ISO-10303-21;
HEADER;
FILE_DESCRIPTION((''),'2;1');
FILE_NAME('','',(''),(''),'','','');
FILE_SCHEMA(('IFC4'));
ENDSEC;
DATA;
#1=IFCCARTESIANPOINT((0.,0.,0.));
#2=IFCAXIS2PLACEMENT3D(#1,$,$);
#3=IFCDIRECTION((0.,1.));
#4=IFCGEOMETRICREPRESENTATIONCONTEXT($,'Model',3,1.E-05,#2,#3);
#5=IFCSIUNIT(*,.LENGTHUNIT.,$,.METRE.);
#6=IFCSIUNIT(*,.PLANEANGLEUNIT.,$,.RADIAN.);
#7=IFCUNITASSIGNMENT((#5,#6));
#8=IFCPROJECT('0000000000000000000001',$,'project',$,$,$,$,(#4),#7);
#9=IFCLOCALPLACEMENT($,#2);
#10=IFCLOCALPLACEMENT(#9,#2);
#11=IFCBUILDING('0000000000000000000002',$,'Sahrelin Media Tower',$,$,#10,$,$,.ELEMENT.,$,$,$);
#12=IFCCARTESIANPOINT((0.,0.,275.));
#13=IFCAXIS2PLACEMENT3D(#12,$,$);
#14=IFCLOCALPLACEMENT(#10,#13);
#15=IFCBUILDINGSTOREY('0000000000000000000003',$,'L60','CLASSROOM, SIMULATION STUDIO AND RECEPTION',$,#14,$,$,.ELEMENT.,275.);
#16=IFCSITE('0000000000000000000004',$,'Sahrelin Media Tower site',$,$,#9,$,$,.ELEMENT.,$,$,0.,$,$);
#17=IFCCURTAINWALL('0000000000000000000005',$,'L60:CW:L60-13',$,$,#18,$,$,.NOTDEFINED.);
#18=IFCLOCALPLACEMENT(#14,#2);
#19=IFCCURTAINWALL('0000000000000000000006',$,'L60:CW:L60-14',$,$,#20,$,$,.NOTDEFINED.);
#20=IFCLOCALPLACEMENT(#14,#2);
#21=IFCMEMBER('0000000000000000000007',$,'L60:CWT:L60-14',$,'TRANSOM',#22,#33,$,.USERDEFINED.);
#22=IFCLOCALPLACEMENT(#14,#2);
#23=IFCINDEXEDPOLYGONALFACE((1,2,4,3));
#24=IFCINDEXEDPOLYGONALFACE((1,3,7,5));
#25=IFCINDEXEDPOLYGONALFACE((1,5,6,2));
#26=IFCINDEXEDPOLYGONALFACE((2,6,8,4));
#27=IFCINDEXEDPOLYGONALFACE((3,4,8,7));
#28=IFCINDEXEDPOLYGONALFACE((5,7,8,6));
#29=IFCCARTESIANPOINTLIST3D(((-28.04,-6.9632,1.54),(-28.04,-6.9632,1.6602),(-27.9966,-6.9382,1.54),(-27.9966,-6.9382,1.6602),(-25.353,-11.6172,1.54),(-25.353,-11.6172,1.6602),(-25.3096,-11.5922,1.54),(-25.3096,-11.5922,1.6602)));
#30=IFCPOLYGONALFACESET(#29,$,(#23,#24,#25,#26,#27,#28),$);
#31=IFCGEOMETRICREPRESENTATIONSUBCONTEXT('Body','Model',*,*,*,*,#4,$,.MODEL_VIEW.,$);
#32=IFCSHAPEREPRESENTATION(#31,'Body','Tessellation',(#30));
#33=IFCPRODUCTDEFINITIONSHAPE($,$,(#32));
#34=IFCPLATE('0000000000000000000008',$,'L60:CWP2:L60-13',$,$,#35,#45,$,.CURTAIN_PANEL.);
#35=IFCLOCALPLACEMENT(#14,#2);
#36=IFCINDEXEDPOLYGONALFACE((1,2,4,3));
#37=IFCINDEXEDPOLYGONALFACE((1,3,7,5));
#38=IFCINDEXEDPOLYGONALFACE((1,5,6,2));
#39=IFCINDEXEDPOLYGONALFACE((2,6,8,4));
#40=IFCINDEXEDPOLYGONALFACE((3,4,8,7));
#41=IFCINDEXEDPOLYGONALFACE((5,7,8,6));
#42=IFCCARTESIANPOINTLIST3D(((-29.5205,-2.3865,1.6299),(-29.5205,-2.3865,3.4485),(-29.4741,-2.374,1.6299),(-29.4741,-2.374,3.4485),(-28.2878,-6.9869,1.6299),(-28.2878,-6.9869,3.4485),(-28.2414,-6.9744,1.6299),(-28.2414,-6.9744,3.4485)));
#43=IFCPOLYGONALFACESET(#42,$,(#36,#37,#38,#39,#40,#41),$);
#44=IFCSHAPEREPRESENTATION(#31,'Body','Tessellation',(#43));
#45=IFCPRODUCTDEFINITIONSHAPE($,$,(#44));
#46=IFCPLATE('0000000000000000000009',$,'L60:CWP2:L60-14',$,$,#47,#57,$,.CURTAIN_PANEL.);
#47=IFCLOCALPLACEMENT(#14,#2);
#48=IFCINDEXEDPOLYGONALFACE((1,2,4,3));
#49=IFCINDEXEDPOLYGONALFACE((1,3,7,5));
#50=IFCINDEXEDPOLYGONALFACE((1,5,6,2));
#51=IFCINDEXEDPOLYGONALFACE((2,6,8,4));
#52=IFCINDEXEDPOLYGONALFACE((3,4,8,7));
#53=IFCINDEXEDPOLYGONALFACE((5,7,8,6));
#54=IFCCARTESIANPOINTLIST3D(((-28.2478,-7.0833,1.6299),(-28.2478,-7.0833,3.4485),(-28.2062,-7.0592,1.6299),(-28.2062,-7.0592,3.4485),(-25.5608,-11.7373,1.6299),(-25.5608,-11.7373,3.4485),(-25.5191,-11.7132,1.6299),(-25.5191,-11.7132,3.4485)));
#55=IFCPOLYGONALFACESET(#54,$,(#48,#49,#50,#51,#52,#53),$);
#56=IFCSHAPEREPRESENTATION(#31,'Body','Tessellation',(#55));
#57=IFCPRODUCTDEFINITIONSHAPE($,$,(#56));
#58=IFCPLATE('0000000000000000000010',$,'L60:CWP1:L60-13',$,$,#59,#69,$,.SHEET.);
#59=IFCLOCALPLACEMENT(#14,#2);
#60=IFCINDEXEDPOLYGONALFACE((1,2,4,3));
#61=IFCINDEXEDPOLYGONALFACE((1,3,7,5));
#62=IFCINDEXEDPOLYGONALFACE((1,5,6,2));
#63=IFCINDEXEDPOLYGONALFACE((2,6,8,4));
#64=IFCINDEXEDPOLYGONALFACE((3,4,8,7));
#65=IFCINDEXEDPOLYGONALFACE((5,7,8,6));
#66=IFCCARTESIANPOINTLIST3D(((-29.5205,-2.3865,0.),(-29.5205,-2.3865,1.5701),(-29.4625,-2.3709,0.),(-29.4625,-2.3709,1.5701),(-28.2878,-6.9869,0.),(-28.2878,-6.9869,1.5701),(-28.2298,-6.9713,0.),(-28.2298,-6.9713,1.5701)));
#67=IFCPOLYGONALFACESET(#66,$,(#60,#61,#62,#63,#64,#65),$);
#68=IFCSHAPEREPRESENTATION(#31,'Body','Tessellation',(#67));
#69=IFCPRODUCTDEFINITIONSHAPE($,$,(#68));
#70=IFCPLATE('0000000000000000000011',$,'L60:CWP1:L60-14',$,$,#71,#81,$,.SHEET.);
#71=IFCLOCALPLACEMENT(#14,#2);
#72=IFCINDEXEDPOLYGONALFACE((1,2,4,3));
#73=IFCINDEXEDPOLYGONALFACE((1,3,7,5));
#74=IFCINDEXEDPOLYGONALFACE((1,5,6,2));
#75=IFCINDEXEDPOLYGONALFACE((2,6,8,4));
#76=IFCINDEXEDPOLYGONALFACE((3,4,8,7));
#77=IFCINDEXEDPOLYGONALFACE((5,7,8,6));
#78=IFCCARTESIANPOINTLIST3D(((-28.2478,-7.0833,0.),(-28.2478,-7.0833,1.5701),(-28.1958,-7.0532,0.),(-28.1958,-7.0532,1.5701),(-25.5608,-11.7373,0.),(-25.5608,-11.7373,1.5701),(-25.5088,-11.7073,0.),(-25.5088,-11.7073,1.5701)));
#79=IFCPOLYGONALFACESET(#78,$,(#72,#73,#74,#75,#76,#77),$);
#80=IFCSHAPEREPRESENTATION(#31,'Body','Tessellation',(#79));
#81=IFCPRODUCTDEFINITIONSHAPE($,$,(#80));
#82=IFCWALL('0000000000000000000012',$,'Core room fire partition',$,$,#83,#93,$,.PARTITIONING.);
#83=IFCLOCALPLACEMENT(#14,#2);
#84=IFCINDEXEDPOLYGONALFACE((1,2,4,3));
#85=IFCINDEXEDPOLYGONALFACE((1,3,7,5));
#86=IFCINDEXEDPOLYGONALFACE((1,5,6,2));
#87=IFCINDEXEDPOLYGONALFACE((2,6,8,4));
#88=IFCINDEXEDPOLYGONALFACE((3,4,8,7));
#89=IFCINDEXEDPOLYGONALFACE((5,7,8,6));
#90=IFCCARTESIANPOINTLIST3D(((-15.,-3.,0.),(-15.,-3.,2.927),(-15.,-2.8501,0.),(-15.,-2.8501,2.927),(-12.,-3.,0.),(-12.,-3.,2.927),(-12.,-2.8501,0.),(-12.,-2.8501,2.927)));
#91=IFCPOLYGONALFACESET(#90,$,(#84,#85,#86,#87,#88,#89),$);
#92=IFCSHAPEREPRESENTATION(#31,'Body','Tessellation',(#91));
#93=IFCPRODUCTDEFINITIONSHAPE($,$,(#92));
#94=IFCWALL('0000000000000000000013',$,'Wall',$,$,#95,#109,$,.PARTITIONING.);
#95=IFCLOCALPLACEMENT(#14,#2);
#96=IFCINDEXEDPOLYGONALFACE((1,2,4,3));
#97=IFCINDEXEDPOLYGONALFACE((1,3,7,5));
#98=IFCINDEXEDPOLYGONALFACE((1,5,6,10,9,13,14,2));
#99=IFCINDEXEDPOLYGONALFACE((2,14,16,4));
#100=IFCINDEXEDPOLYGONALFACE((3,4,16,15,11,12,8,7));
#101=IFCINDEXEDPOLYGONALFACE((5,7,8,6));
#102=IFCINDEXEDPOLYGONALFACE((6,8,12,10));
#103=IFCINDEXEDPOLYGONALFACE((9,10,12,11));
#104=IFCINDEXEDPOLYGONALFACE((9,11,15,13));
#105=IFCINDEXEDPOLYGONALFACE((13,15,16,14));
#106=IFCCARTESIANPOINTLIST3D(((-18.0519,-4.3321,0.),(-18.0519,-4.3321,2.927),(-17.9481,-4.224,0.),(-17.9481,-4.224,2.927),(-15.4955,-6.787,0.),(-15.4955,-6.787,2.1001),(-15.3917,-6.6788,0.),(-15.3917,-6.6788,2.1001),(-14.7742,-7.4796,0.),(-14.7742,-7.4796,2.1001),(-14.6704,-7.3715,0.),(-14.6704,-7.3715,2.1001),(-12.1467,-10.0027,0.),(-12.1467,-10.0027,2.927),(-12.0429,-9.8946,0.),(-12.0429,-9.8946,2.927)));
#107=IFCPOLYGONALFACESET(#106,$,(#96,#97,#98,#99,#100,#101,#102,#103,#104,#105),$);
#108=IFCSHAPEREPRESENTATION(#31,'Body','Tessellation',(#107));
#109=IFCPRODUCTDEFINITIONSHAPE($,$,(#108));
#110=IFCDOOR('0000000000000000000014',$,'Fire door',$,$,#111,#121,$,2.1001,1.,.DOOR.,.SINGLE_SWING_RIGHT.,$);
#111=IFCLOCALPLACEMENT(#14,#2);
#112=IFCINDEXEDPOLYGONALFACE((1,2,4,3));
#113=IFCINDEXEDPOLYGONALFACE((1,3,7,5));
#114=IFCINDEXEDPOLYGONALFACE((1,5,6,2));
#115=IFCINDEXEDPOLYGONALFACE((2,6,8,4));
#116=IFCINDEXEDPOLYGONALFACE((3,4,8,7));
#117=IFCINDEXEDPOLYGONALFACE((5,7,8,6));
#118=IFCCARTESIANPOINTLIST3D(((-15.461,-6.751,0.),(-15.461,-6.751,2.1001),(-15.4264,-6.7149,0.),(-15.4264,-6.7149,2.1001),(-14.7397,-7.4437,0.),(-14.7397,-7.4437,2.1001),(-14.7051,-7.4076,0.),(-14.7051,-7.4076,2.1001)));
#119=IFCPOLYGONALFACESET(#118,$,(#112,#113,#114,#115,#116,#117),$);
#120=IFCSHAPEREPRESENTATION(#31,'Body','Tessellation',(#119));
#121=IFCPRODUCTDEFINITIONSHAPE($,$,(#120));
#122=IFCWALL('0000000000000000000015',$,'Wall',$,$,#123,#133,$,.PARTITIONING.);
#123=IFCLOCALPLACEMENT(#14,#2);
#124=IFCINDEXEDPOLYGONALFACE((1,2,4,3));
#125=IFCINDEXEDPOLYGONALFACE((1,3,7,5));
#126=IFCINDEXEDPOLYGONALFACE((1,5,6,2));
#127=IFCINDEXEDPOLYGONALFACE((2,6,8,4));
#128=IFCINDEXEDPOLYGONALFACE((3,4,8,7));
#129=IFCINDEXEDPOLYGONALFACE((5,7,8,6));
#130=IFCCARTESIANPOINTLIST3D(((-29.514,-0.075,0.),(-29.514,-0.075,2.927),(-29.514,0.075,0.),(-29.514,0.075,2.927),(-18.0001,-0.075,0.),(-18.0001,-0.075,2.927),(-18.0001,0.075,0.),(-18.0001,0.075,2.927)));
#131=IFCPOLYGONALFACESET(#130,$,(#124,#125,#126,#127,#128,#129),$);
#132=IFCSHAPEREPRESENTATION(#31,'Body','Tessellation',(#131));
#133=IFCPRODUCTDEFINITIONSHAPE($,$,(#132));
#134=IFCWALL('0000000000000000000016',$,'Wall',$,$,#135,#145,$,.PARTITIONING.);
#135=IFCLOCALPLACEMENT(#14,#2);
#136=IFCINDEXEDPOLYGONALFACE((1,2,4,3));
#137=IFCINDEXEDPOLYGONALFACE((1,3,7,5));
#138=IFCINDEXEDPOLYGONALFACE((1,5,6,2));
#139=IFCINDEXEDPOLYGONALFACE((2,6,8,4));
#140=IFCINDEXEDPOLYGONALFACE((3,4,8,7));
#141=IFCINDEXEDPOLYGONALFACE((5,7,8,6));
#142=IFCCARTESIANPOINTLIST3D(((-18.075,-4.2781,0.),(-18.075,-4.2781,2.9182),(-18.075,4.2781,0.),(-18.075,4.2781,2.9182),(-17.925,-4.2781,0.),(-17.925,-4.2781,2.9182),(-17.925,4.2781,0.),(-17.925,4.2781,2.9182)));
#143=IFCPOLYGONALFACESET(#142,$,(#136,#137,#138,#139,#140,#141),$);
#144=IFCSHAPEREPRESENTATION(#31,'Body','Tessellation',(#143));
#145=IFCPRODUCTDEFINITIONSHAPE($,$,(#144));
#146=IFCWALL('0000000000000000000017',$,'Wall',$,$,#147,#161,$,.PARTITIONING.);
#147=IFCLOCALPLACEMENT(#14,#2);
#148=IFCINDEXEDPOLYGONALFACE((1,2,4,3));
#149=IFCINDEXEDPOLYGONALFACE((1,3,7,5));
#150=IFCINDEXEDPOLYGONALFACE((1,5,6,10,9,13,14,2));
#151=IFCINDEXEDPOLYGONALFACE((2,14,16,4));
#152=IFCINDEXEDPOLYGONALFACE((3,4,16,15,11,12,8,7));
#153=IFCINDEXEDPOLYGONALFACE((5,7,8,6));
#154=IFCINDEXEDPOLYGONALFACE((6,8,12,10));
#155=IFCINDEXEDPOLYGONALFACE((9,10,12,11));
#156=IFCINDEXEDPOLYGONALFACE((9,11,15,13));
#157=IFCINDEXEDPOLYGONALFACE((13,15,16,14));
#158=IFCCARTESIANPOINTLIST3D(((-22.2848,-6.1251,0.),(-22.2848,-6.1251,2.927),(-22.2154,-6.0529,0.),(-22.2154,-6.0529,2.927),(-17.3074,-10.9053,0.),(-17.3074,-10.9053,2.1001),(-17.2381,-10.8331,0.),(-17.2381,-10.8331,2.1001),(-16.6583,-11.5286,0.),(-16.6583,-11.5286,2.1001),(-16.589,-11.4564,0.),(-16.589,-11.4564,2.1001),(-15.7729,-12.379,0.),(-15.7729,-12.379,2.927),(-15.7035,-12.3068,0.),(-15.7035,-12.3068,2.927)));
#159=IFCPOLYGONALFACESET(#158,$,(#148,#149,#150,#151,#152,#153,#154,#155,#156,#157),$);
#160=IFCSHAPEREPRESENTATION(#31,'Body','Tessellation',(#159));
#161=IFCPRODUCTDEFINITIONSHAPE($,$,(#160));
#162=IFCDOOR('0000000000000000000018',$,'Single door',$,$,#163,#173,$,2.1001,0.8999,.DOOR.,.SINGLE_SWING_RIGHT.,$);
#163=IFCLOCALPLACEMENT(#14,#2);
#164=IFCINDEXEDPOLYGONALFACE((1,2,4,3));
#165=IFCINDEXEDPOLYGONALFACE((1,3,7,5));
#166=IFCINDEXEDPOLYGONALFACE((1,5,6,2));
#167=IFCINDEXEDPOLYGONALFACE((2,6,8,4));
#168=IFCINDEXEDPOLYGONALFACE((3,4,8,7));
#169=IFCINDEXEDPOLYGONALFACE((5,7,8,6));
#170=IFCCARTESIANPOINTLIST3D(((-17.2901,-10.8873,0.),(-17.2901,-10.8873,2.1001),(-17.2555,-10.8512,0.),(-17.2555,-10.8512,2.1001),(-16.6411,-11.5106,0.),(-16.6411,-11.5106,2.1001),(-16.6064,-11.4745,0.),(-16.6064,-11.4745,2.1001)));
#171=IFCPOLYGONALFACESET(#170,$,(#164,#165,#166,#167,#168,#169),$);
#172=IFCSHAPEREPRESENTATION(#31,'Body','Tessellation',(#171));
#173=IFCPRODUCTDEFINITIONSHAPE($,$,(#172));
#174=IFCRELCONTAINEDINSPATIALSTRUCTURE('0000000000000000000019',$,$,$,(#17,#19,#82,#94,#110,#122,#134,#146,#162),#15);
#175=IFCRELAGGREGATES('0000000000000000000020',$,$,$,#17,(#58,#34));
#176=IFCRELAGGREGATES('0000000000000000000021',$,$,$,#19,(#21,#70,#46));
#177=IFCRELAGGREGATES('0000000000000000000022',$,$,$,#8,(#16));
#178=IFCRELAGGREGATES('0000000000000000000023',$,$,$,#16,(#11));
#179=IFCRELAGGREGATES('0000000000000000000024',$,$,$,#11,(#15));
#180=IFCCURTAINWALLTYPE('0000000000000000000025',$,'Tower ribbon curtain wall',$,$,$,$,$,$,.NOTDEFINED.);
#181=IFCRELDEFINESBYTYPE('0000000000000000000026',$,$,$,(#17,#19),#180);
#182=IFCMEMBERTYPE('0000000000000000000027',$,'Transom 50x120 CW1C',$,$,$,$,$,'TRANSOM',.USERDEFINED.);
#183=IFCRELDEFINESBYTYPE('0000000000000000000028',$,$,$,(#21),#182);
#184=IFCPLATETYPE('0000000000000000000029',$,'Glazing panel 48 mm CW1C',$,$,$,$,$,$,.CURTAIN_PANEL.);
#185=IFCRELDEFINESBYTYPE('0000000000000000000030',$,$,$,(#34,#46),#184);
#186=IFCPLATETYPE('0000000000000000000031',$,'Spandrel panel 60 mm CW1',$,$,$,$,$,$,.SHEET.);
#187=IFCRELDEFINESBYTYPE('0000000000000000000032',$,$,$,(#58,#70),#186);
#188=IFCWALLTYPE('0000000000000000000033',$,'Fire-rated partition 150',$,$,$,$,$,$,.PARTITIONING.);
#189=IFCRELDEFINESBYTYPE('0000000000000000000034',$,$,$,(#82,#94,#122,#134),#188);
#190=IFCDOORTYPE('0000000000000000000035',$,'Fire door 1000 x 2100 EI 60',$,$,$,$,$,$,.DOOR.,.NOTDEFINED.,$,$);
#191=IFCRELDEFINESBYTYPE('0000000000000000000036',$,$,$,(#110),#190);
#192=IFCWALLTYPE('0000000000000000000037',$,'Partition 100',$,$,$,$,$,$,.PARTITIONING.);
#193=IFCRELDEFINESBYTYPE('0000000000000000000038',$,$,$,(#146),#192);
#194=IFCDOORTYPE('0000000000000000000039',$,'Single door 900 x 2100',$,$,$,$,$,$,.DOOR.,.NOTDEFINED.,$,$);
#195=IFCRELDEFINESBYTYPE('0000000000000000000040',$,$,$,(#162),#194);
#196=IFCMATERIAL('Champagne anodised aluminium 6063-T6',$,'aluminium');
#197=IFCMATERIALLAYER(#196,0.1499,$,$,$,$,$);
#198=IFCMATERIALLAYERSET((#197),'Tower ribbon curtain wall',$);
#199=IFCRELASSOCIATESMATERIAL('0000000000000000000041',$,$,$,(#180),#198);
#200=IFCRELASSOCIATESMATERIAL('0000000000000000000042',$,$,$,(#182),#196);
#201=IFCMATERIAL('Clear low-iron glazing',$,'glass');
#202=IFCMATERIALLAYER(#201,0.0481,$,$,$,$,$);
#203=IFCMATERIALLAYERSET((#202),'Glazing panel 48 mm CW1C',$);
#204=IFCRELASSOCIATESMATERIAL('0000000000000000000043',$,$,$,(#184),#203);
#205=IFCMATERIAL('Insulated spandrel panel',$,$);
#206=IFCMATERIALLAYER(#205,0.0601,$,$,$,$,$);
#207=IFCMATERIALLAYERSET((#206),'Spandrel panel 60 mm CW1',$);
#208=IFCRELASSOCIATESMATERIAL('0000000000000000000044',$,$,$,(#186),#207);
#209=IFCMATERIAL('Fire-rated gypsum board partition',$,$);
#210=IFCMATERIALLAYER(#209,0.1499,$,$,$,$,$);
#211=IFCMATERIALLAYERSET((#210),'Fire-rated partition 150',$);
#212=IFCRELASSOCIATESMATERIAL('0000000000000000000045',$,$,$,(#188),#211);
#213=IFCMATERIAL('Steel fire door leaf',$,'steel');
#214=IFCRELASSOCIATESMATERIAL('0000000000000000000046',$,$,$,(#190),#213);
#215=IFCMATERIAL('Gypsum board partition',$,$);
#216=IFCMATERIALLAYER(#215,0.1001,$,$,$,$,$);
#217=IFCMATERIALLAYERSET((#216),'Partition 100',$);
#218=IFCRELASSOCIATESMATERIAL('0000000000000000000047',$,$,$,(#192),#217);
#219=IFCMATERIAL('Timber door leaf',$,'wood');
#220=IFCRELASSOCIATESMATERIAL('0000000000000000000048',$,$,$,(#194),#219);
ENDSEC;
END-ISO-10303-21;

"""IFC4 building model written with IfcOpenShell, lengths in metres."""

from ifc_helpers import new_model, si_unit, direction, frame, frame_2d, origin, origin_2d, place, context, subcontext, project, spatial, polyline, rectangle, outline, extrude, material, layer, layer_set, material_profile, profile_set, type_object, element, fill, aggregate, save


model = new_model("IFC4")

# Units and contexts
model_context = context("Model", 3, precision=1e-05, world=origin(), true_north=direction((0.0, 1.0)))
body_context = subcontext(model_context, "Body", "Model", "MODEL_VIEW")
ifc_project = project(units=[si_unit("LENGTHUNIT", "METRE"), si_unit("PLANEANGLEUNIT", "RADIAN")], contexts=[model_context])

# Site, building, storey
site_placement = place(None, origin())
site = spatial("IfcSite", under=ifc_project, at=site_placement, Name="Sahrelin Media Tower site", CompositionType="ELEMENT", RefElevation=0.0)
building_placement = place(site_placement, origin())
building = spatial("IfcBuilding", under=site, at=building_placement, Name="Sahrelin Media Tower", CompositionType="ELEMENT")
storey_placement = place(building_placement, frame((0.0, 0.0, 275.0)))
storey = spatial("IfcBuildingStorey", under=building, at=storey_placement, Name="L60", Description="CLASSROOM, SIMULATION STUDIO AND RECEPTION", CompositionType="ELEMENT", Elevation=275.0)

# Curtain wall
ifc_material_1 = material(Name="Champagne anodised aluminium 6063-T6", Category="aluminium")
ifc_layer_1 = layer(ifc_material_1, 0.1499)
ifc_layer_set_1 = layer_set([ifc_layer_1], Name="Tower ribbon curtain wall")
curtain_wall_type = type_object("IfcCurtainWallType", Name="Tower ribbon curtain wall", PredefinedType="NOTDEFINED", material=ifc_layer_set_1)
placement_1 = place(storey_placement, frame((-29.5139, 0.0, 0.0), z_axis=(0.0, 0.0, 1.0), x_axis=(1.0, 0.0, 0.0)))
curtain_wall_1_placement = place(storey_placement, frame((-28.8848, -4.6814, 0.0), z_axis=(0.0, 0.0, 1.0), x_axis=(1.0, 0.0, 0.0)))
curtain_wall_1 = element("IfcCurtainWall", 1, at=curtain_wall_1_placement, inside=storey, type_object=curtain_wall_type, Name="L60:CW:L60-13", PredefinedType="NOTDEFINED")

# Shared definitions
ifc_material_profile_1 = material_profile(ifc_material_1, rectangle(XDim=0.05, YDim=0.1201, at=origin_2d()), Name="Transom 50x120")
ifc_profile_set_1 = profile_set([ifc_material_profile_1], Name="Champagne anodised aluminium 6063-T6")
member_type_1 = type_object("IfcMemberType", Name="Transom 50x120 CW1C", ElementType="TRANSOM", PredefinedType="USERDEFINED", material=ifc_profile_set_1)

# Curtain wall, member
curtain_wall_2_placement = place(storey_placement, frame((-26.887, -9.4001, 0.0), z_axis=(0.0, 0.0, 1.0), x_axis=(1.0, 0.0, 0.0)))
curtain_wall_2 = element("IfcCurtainWall", 2, at=curtain_wall_2_placement, inside=storey, type_object=curtain_wall_type, Name="L60:CW:L60-14", PredefinedType="NOTDEFINED")
member_1_placement = place(storey_placement, frame((-28.0183, -6.9507, 1.6001), z_axis=(0.499999, -0.866026, 0.0), x_axis=(0.866026, 0.499999, 0.0)))
member_1 = element("IfcMember", 3, at=member_1_placement, type_object=member_type_1, Name="L60:CWT:L60-14", ObjectType="TRANSOM", PredefinedType="USERDEFINED", context=body_context, shape_type="SweptSolid", body=[
    extrude(rectangle(XDim=0.05, YDim=0.1201, at=origin_2d()), origin(), (0.0, 0.0, 1.0), 5.374),
])

# Plates
ifc_material_2 = material(Name="Clear low-iron glazing", Category="glass")
ifc_layer_2 = layer(ifc_material_2, 0.0481)
ifc_layer_set_2 = layer_set([ifc_layer_2], Name="Glazing panel 48 mm CW1C")
plate_type_1 = type_object("IfcPlateType", Name="Glazing panel 48 mm CW1C", PredefinedType="CURTAIN_PANEL", material=ifc_layer_set_2)
plate_1_placement = place(storey_placement, frame((-29.5205, -2.3865, 1.6299), z_axis=(-0.965925, -0.258821, 0.0), x_axis=(0.258821, -0.965925, 0.0)))
plate_1 = element("IfcPlate", 4, at=plate_1_placement, type_object=plate_type_1, Name="L60:CWP2:L60-13", PredefinedType="CURTAIN_PANEL", context=body_context, shape_type="SweptSolid", body=[
    extrude(outline(polyline([(0.0, 0.0), (4.7627, 0.0), (4.7627, 1.8186), (0.0, 1.8186), (0.0, 0.0)])), origin(), (0.0, 0.0, -1.0), 0.0481),
])
plate_2_placement = place(storey_placement, frame((-28.2478, -7.0833, 1.6299), z_axis=(-0.866026, -0.499999, 0.0), x_axis=(0.499999, -0.866026, 0.0)))
plate_2 = element("IfcPlate", 5, at=plate_2_placement, type_object=plate_type_1, Name="L60:CWP2:L60-14", PredefinedType="CURTAIN_PANEL", context=body_context, shape_type="SweptSolid", body=[
    extrude(outline(polyline([(0.0, 0.0), (5.374, 0.0), (5.374, 1.8186), (0.0, 1.8186), (0.0, 0.0)])), origin(), (0.0, 0.0, -1.0), 0.0481),
])
ifc_material_3 = material(Name="Insulated spandrel panel")
ifc_layer_3 = layer(ifc_material_3, 0.0601)
ifc_layer_set_3 = layer_set([ifc_layer_3], Name="Spandrel panel 60 mm CW1")
plate_type_2 = type_object("IfcPlateType", Name="Spandrel panel 60 mm CW1", PredefinedType="SHEET", material=ifc_layer_set_3)
plate_3_placement = place(storey_placement, frame((-29.5205, -2.3865, 0.0), z_axis=(-0.965925, -0.258821, 0.0), x_axis=(0.258821, -0.965925, 0.0)))
plate_3 = element("IfcPlate", 6, at=plate_3_placement, type_object=plate_type_2, Name="L60:CWP1:L60-13", PredefinedType="SHEET", context=body_context, shape_type="SweptSolid", body=[
    extrude(outline(polyline([(0.0, 0.0), (4.7627, 0.0), (4.7627, 1.5701), (0.0, 1.5701), (0.0, 0.0)])), origin(), (0.0, 0.0, -1.0), 0.0601),
])
aggregate(curtain_wall_1, [plate_3, plate_1])
plate_4_placement = place(storey_placement, frame((-28.2478, -7.0833, 0.0), z_axis=(-0.866026, -0.499999, 0.0), x_axis=(0.499999, -0.866026, 0.0)))
plate_4 = element("IfcPlate", 7, at=plate_4_placement, type_object=plate_type_2, Name="L60:CWP1:L60-14", PredefinedType="SHEET", context=body_context, shape_type="SweptSolid", body=[
    extrude(outline(polyline([(0.0, 0.0), (5.374, 0.0), (5.374, 1.5701), (0.0, 1.5701), (0.0, 0.0)])), origin(), (0.0, 0.0, -1.0), 0.0601),
])
aggregate(curtain_wall_2, [member_1, plate_4, plate_2])

# Wall
ifc_material_4 = material(Name="Fire-rated gypsum board partition")
ifc_layer_4 = layer(ifc_material_4, 0.1499)
ifc_layer_set_4 = layer_set([ifc_layer_4], Name="Fire-rated partition 150")
wall_type_1 = type_object("IfcWallType", Name="Fire-rated partition 150", PredefinedType="PARTITIONING", material=ifc_layer_set_4)
wall_1_placement = place(storey_placement, frame((-15.0, -2.925, 0.0), z_axis=(0.0, 0.0, 1.0), x_axis=(1.0, 0.0, 0.0)))
element("IfcWall", 8, at=wall_1_placement, inside=storey, type_object=wall_type_1, Name="Core room fire partition", PredefinedType="PARTITIONING", context=body_context, shape_type="SweptSolid", body=[
    extrude(rectangle(XDim=3.0, YDim=0.1499, at=frame_2d((1.5, 0.0))), origin(), (0.0, 0.0, 1.0), 2.927),
])

# Wall, opening, door
wall_2_placement = place(storey_placement, frame((-18.0, -4.2781, 0.0), z_axis=(0.0, 0.0, 1.0), x_axis=(0.72129, -0.692633, 0.0)))
wall_2 = element("IfcWall", 9, at=wall_2_placement, inside=storey, type_object=wall_type_1, Name="Wall", PredefinedType="PARTITIONING", context=body_context, shape_type="SweptSolid", body=[
    extrude(rectangle(XDim=8.187, YDim=0.1499, at=frame_2d((4.0935, 0.0))), origin(), (0.0, 0.0, 1.0), 2.927),
])
opening_1_placement = place(wall_2_placement, frame((3.5442, 0.0, 0.0)))
opening_1 = element("IfcOpeningElement", 10, at=opening_1_placement, cuts=wall_2, PredefinedType="OPENING", context=body_context, shape_type="SweptSolid", body=[
    extrude(rectangle(XDim=1.0, YDim=2.1001, at=frame_2d((0.5, 1.05))), frame((0.0, 0.075, 0.0), z_axis=(0.0, -1.0, 0.0), x_axis=(1.0, 0.0, 0.0)), (0.0, 0.0, 1.0), 0.1499),
])
ifc_material_5 = material(Name="Steel fire door leaf", Category="steel")
door_type_1 = type_object("IfcDoorType", Name="Fire door 1000 x 2100 EI 60", OperationType="NOTDEFINED", PredefinedType="DOOR", material=ifc_material_5)
door_1_placement = place(opening_1_placement, origin())
door_1 = element("IfcDoor", 11, at=door_1_placement, inside=storey, type_object=door_type_1, Name="Fire door", OperationType="SINGLE_SWING_RIGHT", OverallHeight=2.1001, OverallWidth=1.0, PredefinedType="DOOR", context=body_context, shape_type="SweptSolid", body=[
    extrude(rectangle(XDim=1.0, YDim=2.1001, at=frame_2d((0.5, 1.05))), frame((0.0, 0.0249, 0.0), z_axis=(0.0, -1.0, 0.0), x_axis=(1.0, 0.0, 0.0)), (0.0, 0.0, 1.0), 0.05),
])
fill(opening_1, door_1)

# Walls
element("IfcWall", 12, at=placement_1, inside=storey, type_object=wall_type_1, Name="Wall", PredefinedType="PARTITIONING", context=body_context, shape_type="SweptSolid", body=[
    extrude(rectangle(XDim=11.5139, YDim=0.1499, at=frame_2d((5.7568, 0.0))), origin(), (0.0, 0.0, 1.0), 2.927),
])
wall_3_placement = place(storey_placement, frame((-18.0, -4.2781, 0.0), z_axis=(0.0, 0.0, 1.0), x_axis=(0.0, 1.0, 0.0)))
element("IfcWall", 13, at=wall_3_placement, inside=storey, type_object=wall_type_1, Name="Wall", PredefinedType="PARTITIONING", context=body_context, shape_type="SweptSolid", body=[
    extrude(rectangle(XDim=8.5562, YDim=0.1499, at=frame_2d((4.2781, 0.0))), origin(), (0.0, 0.0, 1.0), 2.9182),
])

# Wall, opening, door
ifc_material_6 = material(Name="Gypsum board partition")
ifc_layer_5 = layer(ifc_material_6, 0.1001)
ifc_layer_set_5 = layer_set([ifc_layer_5], Name="Partition 100")
wall_type_2 = type_object("IfcWallType", Name="Partition 100", PredefinedType="PARTITIONING", material=ifc_layer_set_5)
wall_4_placement = place(storey_placement, frame((-22.25, -6.0891, 0.0), z_axis=(0.0, 0.0, 1.0), x_axis=(0.721253, -0.692671, 0.0)))
wall_4 = element("IfcWall", 14, at=wall_4_placement, inside=storey, type_object=wall_type_2, Name="Wall", PredefinedType="PARTITIONING", context=body_context, shape_type="SweptSolid", body=[
    extrude(rectangle(XDim=9.0286, YDim=0.1001, at=frame_2d((4.5142, 0.0))), origin(), (0.0, 0.0, 1.0), 2.927),
])
opening_2_placement = place(wall_4_placement, frame((6.9009, 0.0, 0.0)))
opening_2 = element("IfcOpeningElement", 15, at=opening_2_placement, cuts=wall_4, PredefinedType="OPENING", context=body_context, shape_type="SweptSolid", body=[
    extrude(rectangle(XDim=0.8999, YDim=2.1001, at=frame_2d((0.45, 1.05))), frame((0.0, 0.05, 0.0), z_axis=(0.0, -1.0, 0.0), x_axis=(1.0, 0.0, 0.0)), (0.0, 0.0, 1.0), 0.1001),
])
ifc_material_7 = material(Name="Timber door leaf", Category="wood")
door_type_2 = type_object("IfcDoorType", Name="Single door 900 x 2100", OperationType="NOTDEFINED", PredefinedType="DOOR", material=ifc_material_7)
door_2_placement = place(opening_2_placement, origin())
door_2 = element("IfcDoor", 16, at=door_2_placement, inside=storey, type_object=door_type_2, Name="Single door", OperationType="SINGLE_SWING_RIGHT", OverallHeight=2.1001, OverallWidth=0.8999, PredefinedType="DOOR", context=body_context, shape_type="SweptSolid", body=[
    extrude(rectangle(XDim=0.8999, YDim=2.1001, at=frame_2d((0.45, 1.05))), frame((0.0, 0.0249, 0.0), z_axis=(0.0, -1.0, 0.0), x_axis=(1.0, 0.0, 0.0)), (0.0, 0.0, 1.0), 0.05),
])
fill(opening_2, door_2)

save(model, "model.ifc")
